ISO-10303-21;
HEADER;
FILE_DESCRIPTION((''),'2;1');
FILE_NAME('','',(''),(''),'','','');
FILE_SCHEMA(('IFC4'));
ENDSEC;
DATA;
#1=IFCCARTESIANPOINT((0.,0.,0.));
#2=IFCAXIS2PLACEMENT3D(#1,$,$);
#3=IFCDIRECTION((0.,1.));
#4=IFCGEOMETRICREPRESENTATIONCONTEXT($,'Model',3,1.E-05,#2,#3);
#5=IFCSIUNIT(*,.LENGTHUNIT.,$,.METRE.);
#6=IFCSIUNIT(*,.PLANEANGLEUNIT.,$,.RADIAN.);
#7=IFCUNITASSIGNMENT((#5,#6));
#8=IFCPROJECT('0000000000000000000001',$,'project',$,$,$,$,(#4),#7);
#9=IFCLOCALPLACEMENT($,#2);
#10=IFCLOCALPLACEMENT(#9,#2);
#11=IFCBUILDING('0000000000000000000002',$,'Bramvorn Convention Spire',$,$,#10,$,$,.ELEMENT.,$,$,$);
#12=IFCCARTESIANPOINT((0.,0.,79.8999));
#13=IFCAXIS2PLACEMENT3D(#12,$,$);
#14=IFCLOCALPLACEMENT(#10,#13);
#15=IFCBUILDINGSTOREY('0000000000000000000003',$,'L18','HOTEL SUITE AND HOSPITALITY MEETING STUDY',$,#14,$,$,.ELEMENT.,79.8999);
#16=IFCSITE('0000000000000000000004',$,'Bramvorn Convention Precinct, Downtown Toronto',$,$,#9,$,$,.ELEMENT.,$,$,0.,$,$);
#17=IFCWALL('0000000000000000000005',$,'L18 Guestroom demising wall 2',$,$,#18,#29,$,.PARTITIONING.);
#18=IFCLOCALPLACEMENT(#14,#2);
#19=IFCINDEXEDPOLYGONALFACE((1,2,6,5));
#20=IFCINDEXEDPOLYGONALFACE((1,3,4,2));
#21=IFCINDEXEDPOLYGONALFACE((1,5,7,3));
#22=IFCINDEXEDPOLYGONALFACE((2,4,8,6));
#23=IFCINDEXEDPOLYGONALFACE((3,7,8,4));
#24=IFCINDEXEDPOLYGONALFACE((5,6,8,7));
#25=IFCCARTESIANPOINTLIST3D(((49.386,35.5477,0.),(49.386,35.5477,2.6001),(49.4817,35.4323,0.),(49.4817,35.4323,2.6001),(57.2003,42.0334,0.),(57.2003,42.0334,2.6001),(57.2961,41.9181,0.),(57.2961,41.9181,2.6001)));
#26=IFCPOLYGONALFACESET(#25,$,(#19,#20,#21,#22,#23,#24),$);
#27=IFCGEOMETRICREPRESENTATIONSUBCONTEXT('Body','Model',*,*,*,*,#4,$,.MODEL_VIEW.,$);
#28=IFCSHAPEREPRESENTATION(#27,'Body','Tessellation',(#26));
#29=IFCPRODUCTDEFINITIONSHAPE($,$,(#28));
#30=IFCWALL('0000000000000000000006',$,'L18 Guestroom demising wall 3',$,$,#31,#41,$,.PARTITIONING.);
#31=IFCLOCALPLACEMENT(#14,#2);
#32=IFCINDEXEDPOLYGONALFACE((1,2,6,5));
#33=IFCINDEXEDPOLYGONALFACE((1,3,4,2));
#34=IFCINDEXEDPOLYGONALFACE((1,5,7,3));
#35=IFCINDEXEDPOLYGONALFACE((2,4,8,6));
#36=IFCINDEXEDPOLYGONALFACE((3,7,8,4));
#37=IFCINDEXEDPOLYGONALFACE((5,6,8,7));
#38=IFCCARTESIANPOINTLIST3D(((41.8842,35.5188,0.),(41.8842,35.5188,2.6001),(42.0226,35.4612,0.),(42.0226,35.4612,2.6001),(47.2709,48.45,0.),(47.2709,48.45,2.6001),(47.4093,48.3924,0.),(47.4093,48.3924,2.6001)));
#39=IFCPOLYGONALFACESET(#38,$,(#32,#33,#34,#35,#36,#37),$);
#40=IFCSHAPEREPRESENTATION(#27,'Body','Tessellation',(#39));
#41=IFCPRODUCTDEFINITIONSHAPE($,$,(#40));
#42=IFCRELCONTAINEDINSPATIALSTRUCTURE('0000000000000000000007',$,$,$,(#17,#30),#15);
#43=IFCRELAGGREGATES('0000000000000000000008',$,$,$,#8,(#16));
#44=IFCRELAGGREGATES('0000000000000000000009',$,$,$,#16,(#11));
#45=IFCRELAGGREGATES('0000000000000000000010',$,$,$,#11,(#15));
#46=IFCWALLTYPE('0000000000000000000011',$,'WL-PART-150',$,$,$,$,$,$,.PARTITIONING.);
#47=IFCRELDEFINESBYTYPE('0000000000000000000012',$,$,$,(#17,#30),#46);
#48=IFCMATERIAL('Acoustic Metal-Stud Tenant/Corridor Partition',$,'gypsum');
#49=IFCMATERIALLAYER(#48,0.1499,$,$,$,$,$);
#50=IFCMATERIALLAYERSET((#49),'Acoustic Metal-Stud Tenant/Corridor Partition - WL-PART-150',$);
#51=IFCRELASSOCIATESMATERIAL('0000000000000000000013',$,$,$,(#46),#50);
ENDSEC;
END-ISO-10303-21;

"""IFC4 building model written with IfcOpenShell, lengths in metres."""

from ifc_helpers import new_model, si_unit, direction, frame, frame_2d, origin, place, context, subcontext, project, spatial, rectangle, extrude, material, layer, layer_set, type_object, element, save


model = new_model("IFC4")

# Units and contexts
model_context = context("Model", 3, precision=1e-05, world=origin(), true_north=direction((0.0, 1.0)))
body_context = subcontext(model_context, "Body", "Model", "MODEL_VIEW")
ifc_project = project(units=[si_unit("LENGTHUNIT", "METRE"), si_unit("PLANEANGLEUNIT", "RADIAN")], contexts=[model_context])

# Site, building, storey
site_placement = place(None, origin())
site = spatial("IfcSite", under=ifc_project, at=site_placement, Name="Bramvorn Convention Precinct, Downtown Toronto", CompositionType="ELEMENT", RefElevation=0.0)
building_placement = place(site_placement, origin())
building = spatial("IfcBuilding", under=site, at=building_placement, Name="Bramvorn Convention Spire", CompositionType="ELEMENT")
storey_placement = place(building_placement, frame((0.0, 0.0, 79.8999)))
storey = spatial("IfcBuildingStorey", under=building, at=storey_placement, Name="L18", Description="HOTEL SUITE AND HOSPITALITY MEETING STUDY", CompositionType="ELEMENT", Elevation=79.8999)

# Walls
ifc_material_1 = material(Name="Acoustic Metal-Stud Tenant/Corridor Partition", Category="gypsum")
ifc_layer_1 = layer(ifc_material_1, 0.1499)
ifc_layer_set_1 = layer_set([ifc_layer_1], Name="Acoustic Metal-Stud Tenant/Corridor Partition - WL-PART-150")
wall_type_1 = type_object("IfcWallType", Name="WL-PART-150", PredefinedType="PARTITIONING", material=ifc_layer_set_1)
wall_1_placement = place(storey_placement, frame((49.4338, 35.49, 0.0), z_axis=(0.0, 0.0, 1.0), x_axis=(0.769489, 0.63866, 0.0)))
element("IfcWall", 1, at=wall_1_placement, inside=storey, type_object=wall_type_1, Name="L18 Guestroom demising wall 2", PredefinedType="PARTITIONING", context=body_context, shape_type="SweptSolid", body=[
    extrude(rectangle(XDim=10.1553, YDim=0.1499, at=frame_2d((5.0776, 0.0))), origin(), (0.0, 0.0, 1.0), 2.6001),
])
wall_2_placement = place(storey_placement, frame((41.9534, 35.49, 0.0), z_axis=(0.0, 0.0, 1.0), x_axis=(0.384539, 0.923109, 0.0)))
element("IfcWall", 2, at=wall_2_placement, inside=storey, type_object=wall_type_1, Name="L18 Guestroom demising wall 3", PredefinedType="PARTITIONING", context=body_context, shape_type="SweptSolid", body=[
    extrude(rectangle(XDim=14.0083, YDim=0.1499, at=frame_2d((7.0042, 0.0))), origin(), (0.0, 0.0, 1.0), 2.6001),
])

save(model, "model.ifc")
